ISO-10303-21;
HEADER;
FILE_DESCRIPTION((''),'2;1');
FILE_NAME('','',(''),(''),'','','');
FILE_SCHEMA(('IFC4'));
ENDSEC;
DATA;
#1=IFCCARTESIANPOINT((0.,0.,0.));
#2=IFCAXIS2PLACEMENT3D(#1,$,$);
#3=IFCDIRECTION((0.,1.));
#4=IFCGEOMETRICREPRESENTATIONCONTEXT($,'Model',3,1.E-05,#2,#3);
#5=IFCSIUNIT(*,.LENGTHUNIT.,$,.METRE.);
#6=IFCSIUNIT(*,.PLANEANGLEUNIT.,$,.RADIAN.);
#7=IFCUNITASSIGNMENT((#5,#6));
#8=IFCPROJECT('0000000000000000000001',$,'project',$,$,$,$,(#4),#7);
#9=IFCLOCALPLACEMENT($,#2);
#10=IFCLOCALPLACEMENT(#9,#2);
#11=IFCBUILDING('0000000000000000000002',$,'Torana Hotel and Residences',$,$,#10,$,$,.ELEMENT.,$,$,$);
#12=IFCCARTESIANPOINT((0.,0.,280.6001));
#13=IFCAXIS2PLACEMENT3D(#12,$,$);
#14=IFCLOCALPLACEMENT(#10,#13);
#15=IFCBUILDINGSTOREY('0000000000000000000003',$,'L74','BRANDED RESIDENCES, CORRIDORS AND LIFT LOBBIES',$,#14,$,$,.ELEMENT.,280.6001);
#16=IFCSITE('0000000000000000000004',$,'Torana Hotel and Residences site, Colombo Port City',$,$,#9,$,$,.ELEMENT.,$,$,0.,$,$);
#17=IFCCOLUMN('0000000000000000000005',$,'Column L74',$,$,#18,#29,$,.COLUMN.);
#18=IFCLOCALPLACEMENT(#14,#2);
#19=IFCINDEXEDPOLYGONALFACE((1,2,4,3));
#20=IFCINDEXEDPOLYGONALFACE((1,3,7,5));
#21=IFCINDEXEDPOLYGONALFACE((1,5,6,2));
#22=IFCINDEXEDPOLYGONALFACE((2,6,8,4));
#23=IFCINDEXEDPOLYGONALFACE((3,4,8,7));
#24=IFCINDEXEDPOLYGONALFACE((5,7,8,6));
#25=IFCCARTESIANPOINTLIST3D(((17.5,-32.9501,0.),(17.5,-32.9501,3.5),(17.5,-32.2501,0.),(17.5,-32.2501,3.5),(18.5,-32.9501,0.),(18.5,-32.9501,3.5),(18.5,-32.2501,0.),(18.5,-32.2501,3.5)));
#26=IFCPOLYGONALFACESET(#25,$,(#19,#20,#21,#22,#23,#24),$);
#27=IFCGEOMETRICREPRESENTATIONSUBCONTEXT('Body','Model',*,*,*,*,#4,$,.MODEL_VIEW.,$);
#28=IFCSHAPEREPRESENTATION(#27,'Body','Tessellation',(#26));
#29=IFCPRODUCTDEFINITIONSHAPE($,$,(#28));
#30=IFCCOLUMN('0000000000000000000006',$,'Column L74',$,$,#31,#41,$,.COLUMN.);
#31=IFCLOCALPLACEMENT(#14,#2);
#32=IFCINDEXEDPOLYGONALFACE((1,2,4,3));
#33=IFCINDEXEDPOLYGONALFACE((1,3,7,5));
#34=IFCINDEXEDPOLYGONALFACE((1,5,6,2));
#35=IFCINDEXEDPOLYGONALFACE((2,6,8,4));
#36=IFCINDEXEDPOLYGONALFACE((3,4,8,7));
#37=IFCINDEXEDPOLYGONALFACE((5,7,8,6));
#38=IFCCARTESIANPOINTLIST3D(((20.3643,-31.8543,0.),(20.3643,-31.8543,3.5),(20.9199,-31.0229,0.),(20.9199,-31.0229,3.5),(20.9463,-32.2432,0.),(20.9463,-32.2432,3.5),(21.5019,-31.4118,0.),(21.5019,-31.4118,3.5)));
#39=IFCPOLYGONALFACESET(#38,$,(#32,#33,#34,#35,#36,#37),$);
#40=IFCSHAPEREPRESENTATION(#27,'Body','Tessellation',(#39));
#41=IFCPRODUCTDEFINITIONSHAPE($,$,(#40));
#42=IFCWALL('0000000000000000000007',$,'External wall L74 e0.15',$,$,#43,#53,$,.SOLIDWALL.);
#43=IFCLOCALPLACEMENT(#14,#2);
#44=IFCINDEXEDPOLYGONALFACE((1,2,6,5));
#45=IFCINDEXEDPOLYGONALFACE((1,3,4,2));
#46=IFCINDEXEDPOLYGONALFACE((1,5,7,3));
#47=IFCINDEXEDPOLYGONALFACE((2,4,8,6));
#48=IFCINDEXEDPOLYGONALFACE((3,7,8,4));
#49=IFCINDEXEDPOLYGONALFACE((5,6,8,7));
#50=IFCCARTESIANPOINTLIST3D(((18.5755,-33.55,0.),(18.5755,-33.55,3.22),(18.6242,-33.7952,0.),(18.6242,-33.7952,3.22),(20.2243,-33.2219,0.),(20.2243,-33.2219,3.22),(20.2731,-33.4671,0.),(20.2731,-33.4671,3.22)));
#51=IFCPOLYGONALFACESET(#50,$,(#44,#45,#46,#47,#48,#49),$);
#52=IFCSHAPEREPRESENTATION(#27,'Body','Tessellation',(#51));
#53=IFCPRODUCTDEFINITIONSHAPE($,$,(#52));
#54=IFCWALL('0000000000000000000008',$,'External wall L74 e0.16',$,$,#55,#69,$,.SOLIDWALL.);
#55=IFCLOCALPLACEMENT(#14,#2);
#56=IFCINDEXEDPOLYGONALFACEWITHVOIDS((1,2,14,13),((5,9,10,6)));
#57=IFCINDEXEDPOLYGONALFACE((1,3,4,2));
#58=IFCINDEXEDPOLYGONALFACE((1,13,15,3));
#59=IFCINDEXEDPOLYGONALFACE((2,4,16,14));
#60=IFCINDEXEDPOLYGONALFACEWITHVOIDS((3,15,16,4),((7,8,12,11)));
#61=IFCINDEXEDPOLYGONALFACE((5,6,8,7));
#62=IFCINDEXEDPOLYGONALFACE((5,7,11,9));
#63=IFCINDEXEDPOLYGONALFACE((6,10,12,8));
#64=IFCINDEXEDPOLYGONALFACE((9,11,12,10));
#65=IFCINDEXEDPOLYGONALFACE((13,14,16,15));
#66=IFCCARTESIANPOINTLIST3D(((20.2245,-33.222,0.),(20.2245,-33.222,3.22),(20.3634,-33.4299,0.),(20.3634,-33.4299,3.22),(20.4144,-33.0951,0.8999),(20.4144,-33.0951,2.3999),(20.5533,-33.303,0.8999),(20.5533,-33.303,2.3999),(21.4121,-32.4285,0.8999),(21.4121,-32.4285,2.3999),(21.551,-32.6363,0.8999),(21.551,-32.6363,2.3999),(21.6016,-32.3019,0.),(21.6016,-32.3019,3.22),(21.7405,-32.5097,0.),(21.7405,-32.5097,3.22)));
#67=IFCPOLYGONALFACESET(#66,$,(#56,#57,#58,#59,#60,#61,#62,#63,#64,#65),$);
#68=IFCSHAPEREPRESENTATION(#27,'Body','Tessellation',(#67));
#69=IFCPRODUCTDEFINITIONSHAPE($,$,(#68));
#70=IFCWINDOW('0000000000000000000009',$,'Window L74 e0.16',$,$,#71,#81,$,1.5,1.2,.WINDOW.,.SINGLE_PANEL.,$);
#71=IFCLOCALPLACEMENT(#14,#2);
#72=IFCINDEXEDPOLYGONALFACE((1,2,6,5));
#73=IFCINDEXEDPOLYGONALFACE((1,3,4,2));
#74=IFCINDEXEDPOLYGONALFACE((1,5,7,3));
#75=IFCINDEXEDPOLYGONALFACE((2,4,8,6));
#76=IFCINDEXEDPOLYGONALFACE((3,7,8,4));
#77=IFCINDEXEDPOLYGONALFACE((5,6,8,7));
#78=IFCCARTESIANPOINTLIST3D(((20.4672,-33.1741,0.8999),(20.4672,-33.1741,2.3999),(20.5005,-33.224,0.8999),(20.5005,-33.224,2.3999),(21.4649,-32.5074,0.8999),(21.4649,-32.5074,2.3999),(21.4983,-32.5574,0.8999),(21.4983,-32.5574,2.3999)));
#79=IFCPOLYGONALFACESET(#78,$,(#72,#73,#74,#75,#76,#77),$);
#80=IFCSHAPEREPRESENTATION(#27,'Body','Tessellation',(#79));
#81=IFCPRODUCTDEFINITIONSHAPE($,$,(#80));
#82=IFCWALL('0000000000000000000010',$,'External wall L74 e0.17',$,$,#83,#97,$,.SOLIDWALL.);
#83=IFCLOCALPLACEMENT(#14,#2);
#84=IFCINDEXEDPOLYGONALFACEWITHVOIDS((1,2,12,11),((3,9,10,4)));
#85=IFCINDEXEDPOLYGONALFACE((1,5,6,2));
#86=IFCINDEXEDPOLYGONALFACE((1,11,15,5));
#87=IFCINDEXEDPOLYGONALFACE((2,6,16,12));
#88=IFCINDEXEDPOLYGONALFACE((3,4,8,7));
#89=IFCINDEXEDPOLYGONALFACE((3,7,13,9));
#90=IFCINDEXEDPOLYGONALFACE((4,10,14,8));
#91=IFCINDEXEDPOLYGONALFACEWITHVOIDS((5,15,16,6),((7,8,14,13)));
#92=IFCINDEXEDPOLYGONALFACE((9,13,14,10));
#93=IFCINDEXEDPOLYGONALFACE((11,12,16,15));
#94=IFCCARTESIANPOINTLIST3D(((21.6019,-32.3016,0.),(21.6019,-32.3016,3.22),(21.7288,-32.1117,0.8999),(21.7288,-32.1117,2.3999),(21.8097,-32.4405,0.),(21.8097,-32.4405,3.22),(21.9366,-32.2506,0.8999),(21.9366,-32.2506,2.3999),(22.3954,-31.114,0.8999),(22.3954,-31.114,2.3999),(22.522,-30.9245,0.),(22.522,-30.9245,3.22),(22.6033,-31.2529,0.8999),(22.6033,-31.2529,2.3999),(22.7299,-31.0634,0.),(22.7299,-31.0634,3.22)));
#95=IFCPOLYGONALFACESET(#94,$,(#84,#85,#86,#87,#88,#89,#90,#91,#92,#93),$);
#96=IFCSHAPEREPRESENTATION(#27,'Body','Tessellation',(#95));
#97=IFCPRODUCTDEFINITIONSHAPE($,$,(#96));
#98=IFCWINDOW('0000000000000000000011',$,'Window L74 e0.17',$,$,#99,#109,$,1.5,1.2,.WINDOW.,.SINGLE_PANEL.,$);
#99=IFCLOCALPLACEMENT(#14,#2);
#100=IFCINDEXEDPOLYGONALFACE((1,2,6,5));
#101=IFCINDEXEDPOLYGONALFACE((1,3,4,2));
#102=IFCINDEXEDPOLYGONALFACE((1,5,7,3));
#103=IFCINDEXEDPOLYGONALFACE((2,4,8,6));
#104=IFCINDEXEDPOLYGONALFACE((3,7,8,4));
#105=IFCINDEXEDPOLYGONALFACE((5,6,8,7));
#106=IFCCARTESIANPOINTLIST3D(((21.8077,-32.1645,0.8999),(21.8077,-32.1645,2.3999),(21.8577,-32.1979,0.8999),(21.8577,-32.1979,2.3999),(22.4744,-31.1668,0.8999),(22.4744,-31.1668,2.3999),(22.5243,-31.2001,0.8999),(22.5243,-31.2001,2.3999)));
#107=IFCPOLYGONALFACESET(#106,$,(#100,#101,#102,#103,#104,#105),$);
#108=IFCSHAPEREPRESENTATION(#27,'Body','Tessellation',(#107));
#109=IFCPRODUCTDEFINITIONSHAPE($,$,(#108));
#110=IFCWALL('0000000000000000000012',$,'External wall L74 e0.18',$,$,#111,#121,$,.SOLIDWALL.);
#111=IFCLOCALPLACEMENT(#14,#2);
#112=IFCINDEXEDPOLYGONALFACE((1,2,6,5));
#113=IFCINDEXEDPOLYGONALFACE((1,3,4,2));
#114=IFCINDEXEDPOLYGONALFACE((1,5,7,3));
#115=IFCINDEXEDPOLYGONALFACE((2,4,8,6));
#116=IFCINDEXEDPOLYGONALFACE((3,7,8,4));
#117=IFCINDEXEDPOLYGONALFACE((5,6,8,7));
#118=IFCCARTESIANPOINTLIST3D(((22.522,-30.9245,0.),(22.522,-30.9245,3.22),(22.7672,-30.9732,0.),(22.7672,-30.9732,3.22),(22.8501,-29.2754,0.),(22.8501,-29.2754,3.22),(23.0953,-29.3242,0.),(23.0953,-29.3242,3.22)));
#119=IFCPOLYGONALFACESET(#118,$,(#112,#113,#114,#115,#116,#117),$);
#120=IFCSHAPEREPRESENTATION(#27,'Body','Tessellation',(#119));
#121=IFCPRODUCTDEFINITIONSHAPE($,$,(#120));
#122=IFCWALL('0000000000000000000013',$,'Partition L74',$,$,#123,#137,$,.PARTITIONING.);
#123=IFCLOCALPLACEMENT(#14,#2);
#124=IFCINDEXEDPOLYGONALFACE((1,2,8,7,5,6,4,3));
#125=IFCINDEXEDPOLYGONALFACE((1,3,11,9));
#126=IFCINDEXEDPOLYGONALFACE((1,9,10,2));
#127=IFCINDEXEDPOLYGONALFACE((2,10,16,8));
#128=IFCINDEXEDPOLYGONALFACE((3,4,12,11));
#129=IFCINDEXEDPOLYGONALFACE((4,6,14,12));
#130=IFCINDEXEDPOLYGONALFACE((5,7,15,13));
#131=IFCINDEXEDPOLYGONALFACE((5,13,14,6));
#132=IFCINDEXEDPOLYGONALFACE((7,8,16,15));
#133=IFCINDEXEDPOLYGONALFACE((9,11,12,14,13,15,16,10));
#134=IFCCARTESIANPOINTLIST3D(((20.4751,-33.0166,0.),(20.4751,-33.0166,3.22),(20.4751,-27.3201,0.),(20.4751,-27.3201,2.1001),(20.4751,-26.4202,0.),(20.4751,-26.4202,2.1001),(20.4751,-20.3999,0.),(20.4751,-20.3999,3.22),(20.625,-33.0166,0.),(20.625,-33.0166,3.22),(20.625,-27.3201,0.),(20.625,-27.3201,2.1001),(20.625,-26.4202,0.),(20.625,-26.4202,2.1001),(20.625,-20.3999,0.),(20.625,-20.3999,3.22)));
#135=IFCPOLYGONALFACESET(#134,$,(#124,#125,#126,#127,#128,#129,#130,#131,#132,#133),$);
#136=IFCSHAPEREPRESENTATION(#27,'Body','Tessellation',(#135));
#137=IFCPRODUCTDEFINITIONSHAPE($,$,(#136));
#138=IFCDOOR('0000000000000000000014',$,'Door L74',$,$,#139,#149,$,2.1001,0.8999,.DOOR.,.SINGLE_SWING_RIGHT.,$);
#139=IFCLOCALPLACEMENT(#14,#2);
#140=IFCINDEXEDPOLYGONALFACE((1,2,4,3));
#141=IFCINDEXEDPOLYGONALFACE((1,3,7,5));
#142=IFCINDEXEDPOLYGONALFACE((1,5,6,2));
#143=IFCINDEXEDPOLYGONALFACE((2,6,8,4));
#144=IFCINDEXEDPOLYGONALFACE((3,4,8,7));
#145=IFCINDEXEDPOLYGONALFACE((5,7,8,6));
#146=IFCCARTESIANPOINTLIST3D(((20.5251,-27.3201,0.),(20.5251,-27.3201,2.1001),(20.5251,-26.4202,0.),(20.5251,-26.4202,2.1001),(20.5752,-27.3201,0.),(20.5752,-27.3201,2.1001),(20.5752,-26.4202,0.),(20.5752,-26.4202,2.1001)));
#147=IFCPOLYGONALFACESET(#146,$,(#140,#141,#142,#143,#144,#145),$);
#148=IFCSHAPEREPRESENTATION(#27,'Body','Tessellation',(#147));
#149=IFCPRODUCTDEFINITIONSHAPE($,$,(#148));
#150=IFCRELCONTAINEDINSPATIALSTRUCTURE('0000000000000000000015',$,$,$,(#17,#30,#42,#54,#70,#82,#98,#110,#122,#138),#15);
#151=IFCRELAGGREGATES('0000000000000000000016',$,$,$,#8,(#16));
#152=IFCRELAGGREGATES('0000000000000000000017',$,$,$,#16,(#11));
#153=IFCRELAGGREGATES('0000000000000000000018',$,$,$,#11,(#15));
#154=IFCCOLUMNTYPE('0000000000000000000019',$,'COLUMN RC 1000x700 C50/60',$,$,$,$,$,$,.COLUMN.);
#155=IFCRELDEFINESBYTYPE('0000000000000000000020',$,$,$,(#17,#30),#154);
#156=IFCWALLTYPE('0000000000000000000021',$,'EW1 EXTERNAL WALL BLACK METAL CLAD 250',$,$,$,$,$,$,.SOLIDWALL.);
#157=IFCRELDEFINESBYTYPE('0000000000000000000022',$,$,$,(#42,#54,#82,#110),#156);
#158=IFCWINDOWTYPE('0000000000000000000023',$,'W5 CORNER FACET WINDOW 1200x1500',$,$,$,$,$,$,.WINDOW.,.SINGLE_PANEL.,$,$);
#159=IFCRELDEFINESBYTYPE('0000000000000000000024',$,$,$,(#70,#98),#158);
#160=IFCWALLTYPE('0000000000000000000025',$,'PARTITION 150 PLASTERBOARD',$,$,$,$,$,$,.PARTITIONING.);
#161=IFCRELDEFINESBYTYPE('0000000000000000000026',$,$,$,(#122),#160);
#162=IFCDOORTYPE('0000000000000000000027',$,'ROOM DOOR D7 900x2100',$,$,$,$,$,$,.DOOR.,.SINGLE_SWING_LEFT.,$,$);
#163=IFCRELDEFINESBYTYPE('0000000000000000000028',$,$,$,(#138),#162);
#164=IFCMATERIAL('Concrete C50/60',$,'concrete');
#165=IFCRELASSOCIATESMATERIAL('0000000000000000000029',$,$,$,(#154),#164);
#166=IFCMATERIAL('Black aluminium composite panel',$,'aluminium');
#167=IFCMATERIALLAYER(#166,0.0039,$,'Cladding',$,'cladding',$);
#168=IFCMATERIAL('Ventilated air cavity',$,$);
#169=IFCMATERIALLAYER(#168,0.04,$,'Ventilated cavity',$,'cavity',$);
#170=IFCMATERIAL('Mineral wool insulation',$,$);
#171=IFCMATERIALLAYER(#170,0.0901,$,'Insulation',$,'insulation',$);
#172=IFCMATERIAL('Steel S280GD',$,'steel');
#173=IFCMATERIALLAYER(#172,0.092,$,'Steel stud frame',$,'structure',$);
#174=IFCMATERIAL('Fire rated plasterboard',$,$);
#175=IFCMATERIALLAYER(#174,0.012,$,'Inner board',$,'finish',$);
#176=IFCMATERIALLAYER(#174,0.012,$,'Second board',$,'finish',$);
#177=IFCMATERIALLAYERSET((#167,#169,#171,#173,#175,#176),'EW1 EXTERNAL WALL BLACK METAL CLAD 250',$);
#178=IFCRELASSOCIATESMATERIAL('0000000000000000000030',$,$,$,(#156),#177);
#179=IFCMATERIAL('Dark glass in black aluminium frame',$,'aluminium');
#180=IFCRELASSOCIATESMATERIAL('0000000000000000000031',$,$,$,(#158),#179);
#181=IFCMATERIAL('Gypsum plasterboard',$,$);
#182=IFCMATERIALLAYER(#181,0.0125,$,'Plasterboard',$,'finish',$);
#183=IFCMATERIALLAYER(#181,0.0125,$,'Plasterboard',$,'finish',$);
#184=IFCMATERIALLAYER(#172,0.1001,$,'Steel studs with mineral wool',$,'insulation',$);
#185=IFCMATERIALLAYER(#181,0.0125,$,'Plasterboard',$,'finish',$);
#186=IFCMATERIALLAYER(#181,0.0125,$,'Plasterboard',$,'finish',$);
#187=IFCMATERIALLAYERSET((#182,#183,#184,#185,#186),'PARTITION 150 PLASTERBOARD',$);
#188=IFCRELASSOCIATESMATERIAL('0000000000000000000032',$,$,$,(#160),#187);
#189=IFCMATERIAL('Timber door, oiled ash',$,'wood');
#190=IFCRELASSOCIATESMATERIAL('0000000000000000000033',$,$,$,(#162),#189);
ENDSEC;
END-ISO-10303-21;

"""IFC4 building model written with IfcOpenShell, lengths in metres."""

from ifc_helpers import new_model, si_unit, direction, frame, frame_2d, origin, origin_2d, place, context, subcontext, project, spatial, rectangle, extrude, material, layer, layer_set, material_profile, profile_set, type_object, element, fill, save


model = new_model("IFC4")

# Units and contexts
model_context = context("Model", 3, precision=1e-05, world=origin(), true_north=direction((0.0, 1.0)))
body_context = subcontext(model_context, "Body", "Model", "MODEL_VIEW")
ifc_project = project(units=[si_unit("LENGTHUNIT", "METRE"), si_unit("PLANEANGLEUNIT", "RADIAN")], contexts=[model_context])

# Site, building, storey
site_placement = place(None, origin())
site = spatial("IfcSite", under=ifc_project, at=site_placement, Name="Torana Hotel and Residences site, Colombo Port City", CompositionType="ELEMENT", RefElevation=0.0)
building_placement = place(site_placement, origin())
building = spatial("IfcBuilding", under=site, at=building_placement, Name="Torana Hotel and Residences", CompositionType="ELEMENT")
storey_placement = place(building_placement, frame((0.0, 0.0, 280.6001)))
storey = spatial("IfcBuildingStorey", under=building, at=storey_placement, Name="L74", Description="BRANDED RESIDENCES, CORRIDORS AND LIFT LOBBIES", CompositionType="ELEMENT", Elevation=280.6001)

# Columns
ifc_material_1 = material(Name="Concrete C50/60", Category="concrete")
ifc_material_profile = material_profile(ifc_material_1, rectangle(XDim=1.0, YDim=0.7, at=origin_2d()), Name="RC 1000x700")
ifc_profile_set = profile_set([ifc_material_profile], Name="Concrete C50/60")
column_type = type_object("IfcColumnType", Name="COLUMN RC 1000x700 C50/60", PredefinedType="COLUMN", material=ifc_profile_set)
for number, where, z_axis, x_axis, name in (
    (1, (18.0, -32.6001, 0.0), (0.0, 0.0, 1.0), (1.0, 0.0, 0.0), "Column L74"),
    (2, (20.9331, -31.6331, 0.0), (0.0, 0.0, 1.0), (0.555585, 0.83146, 0.0), "Column L74"),
):
    element("IfcColumn", number, at=place(storey_placement, frame(where, z_axis=z_axis, x_axis=x_axis)), inside=storey, type_object=column_type, Name=name, PredefinedType="COLUMN", context=body_context, shape_type="SweptSolid", body=[
        extrude(rectangle(XDim=1.0, YDim=0.7, at=origin_2d()), origin(), (0.0, 0.0, 1.0), 3.5),
    ])

# Wall
ifc_material_2 = material(Name="Black aluminium composite panel", Category="aluminium")
ifc_layer_1 = layer(ifc_material_2, 0.0039, Name="Cladding", Category="cladding")
ifc_material_3 = material(Name="Ventilated air cavity")
ifc_layer_2 = layer(ifc_material_3, 0.04, Name="Ventilated cavity", Category="cavity")
ifc_material_4 = material(Name="Mineral wool insulation")
ifc_layer_3 = layer(ifc_material_4, 0.0901, Name="Insulation", Category="insulation")
ifc_material_5 = material(Name="Steel S280GD", Category="steel")
ifc_layer_4 = layer(ifc_material_5, 0.092, Name="Steel stud frame", Category="structure")
ifc_material_6 = material(Name="Fire rated plasterboard")
ifc_layer_5 = layer(ifc_material_6, 0.012, Name="Inner board", Category="finish")
ifc_layer_6 = layer(ifc_material_6, 0.012, Name="Second board", Category="finish")
ifc_layer_set_1 = layer_set([ifc_layer_1, ifc_layer_2, ifc_layer_3, ifc_layer_4, ifc_layer_5, ifc_layer_6], Name="EW1 EXTERNAL WALL BLACK METAL CLAD 250")
wall_type_1 = type_object("IfcWallType", Name="EW1 EXTERNAL WALL BLACK METAL CLAD 250", PredefinedType="SOLIDWALL", material=ifc_layer_set_1)
wall_1_placement = place(storey_placement, frame((18.5999, -33.6726, 0.0), z_axis=(0.0, 0.0, 1.0), x_axis=(0.98077, 0.195167, 0.0)))
element("IfcWall", 3, at=wall_1_placement, inside=storey, type_object=wall_type_1, Name="External wall L74 e0.15", PredefinedType="SOLIDWALL", context=body_context, shape_type="SweptSolid", body=[
    extrude(rectangle(XDim=1.6812, YDim=0.25, at=frame_2d((0.8406, 0.0))), origin(), (0.0, 0.0, 1.0), 3.22),
])

# Walls, openings, windows
wall_2_placement = place(storey_placement, frame((20.2939, -33.3259, 0.0), z_axis=(0.0, 0.0, 1.0), x_axis=(0.831483, 0.55555, 0.0)))
wall_2 = element("IfcWall", 4, at=wall_2_placement, inside=storey, type_object=wall_type_1, Name="External wall L74 e0.16", PredefinedType="SOLIDWALL", context=body_context, shape_type="SweptSolid", body=[
    extrude(rectangle(XDim=1.6562, YDim=0.25, at=frame_2d((0.8281, 0.0))), origin(), (0.0, 0.0, 1.0), 3.22),
])
opening_1_placement = place(wall_2_placement, frame((0.2283, 0.0, 0.8999)))
opening_1 = element("IfcOpeningElement", 5, at=opening_1_placement, cuts=wall_2, PredefinedType="OPENING", context=body_context, shape_type="SweptSolid", body=[
    extrude(rectangle(XDim=1.2, YDim=1.5, at=frame_2d((0.6001, 0.75))), frame((0.0, 0.135, 0.0), z_axis=(0.0, -1.0, 0.0), x_axis=(1.0, 0.0, 0.0)), (0.0, 0.0, 1.0), 0.27),
])
ifc_material_7 = material(Name="Dark glass in black aluminium frame", Category="aluminium")
window_type_1 = type_object("IfcWindowType", Name="W5 CORNER FACET WINDOW 1200x1500", PartitioningType="SINGLE_PANEL", PredefinedType="WINDOW", material=ifc_material_7)
window_1_placement = place(opening_1_placement, origin())
window_1 = element("IfcWindow", 6, at=window_1_placement, inside=storey, type_object=window_type_1, Name="Window L74 e0.16", OverallHeight=1.5, OverallWidth=1.2, PartitioningType="SINGLE_PANEL", PredefinedType="WINDOW", context=body_context, shape_type="SweptSolid", body=[
    extrude(rectangle(XDim=1.2, YDim=1.5, at=frame_2d((0.6001, 0.75))), frame((0.0, 0.03, 0.0), z_axis=(0.0, -1.0, 0.0), x_axis=(1.0, 0.0, 0.0)), (0.0, 0.0, 1.0), 0.0601),
])
fill(opening_1, window_1)
wall_3_placement = place(storey_placement, frame((21.7058, -32.3711, 0.0), z_axis=(0.0, 0.0, 1.0), x_axis=(0.55555, 0.831483, 0.0)))
wall_3 = element("IfcWall", 7, at=wall_3_placement, inside=storey, type_object=wall_type_1, Name="External wall L74 e0.17", PredefinedType="SOLIDWALL", context=body_context, shape_type="SweptSolid", body=[
    extrude(rectangle(XDim=1.6562, YDim=0.25, at=frame_2d((0.8281, 0.0))), origin(), (0.0, 0.0, 1.0), 3.22),
])
opening_2_placement = place(wall_3_placement, frame((0.2283, 0.0, 0.8999)))
opening_2 = element("IfcOpeningElement", 8, at=opening_2_placement, cuts=wall_3, PredefinedType="OPENING", context=body_context, shape_type="SweptSolid", body=[
    extrude(rectangle(XDim=1.2, YDim=1.5, at=frame_2d((0.6001, 0.75))), frame((0.0, 0.135, 0.0), z_axis=(0.0, -1.0, 0.0), x_axis=(1.0, 0.0, 0.0)), (0.0, 0.0, 1.0), 0.27),
])
window_2_placement = place(opening_2_placement, origin())
window_2 = element("IfcWindow", 9, at=window_2_placement, inside=storey, type_object=window_type_1, Name="Window L74 e0.17", OverallHeight=1.5, OverallWidth=1.2, PartitioningType="SINGLE_PANEL", PredefinedType="WINDOW", context=body_context, shape_type="SweptSolid", body=[
    extrude(rectangle(XDim=1.2, YDim=1.5, at=frame_2d((0.6001, 0.75))), frame((0.0, 0.03, 0.0), z_axis=(0.0, -1.0, 0.0), x_axis=(1.0, 0.0, 0.0)), (0.0, 0.0, 1.0), 0.0601),
])
fill(opening_2, window_2)

# Wall
wall_4_placement = place(storey_placement, frame((22.6445, -30.949, 0.0), z_axis=(0.0, 0.0, 1.0), x_axis=(0.195139, 0.980776, 0.0)))
element("IfcWall", 10, at=wall_4_placement, inside=storey, type_object=wall_type_1, Name="External wall L74 e0.18", PredefinedType="SOLIDWALL", context=body_context, shape_type="SweptSolid", body=[
    extrude(rectangle(XDim=1.6814, YDim=0.25, at=frame_2d((0.8408, 0.0))), origin(), (0.0, 0.0, 1.0), 3.22),
])

# Wall, opening, door
ifc_material_8 = material(Name="Gypsum plasterboard")
ifc_layer_7 = layer(ifc_material_8, 0.0125, Name="Plasterboard", Category="finish")
ifc_layer_8 = layer(ifc_material_8, 0.0125, Name="Plasterboard", Category="finish")
ifc_layer_9 = layer(ifc_material_5, 0.1001, Name="Steel studs with mineral wool", Category="insulation")
ifc_layer_10 = layer(ifc_material_8, 0.0125, Name="Plasterboard", Category="finish")
ifc_layer_11 = layer(ifc_material_8, 0.0125, Name="Plasterboard", Category="finish")
ifc_layer_set_2 = layer_set([ifc_layer_7, ifc_layer_8, ifc_layer_9, ifc_layer_10, ifc_layer_11], Name="PARTITION 150 PLASTERBOARD")
wall_type_2 = type_object("IfcWallType", Name="PARTITION 150 PLASTERBOARD", PredefinedType="PARTITIONING", material=ifc_layer_set_2)
wall_5_placement = place(storey_placement, frame((20.55, -33.0166, 0.0), z_axis=(0.0, 0.0, 1.0), x_axis=(0.0, 1.0, 0.0)))
wall_5 = element("IfcWall", 11, at=wall_5_placement, inside=storey, type_object=wall_type_2, Name="Partition L74", PredefinedType="PARTITIONING", context=body_context, shape_type="SweptSolid", body=[
    extrude(rectangle(XDim=12.6167, YDim=0.1499, at=frame_2d((6.3083, 0.0))), origin(), (0.0, 0.0, 1.0), 3.22),
])
opening_3_placement = place(wall_5_placement, frame((5.6965, 0.0, 0.0)))
opening_3 = element("IfcOpeningElement", 12, at=opening_3_placement, cuts=wall_5, PredefinedType="OPENING", context=body_context, shape_type="SweptSolid", body=[
    extrude(rectangle(XDim=0.8999, YDim=2.1001, at=frame_2d((0.45, 1.05))), frame((0.0, 0.085, 0.0), z_axis=(0.0, -1.0, 0.0), x_axis=(1.0, 0.0, 0.0)), (0.0, 0.0, 1.0), 0.1699),
])
ifc_material_9 = material(Name="Timber door, oiled ash", Category="wood")
door_type_1 = type_object("IfcDoorType", Name="ROOM DOOR D7 900x2100", OperationType="SINGLE_SWING_LEFT", PredefinedType="DOOR", material=ifc_material_9)
door_1_placement = place(opening_3_placement, origin())
door_1 = element("IfcDoor", 13, at=door_1_placement, inside=storey, type_object=door_type_1, Name="Door L74", OperationType="SINGLE_SWING_RIGHT", OverallHeight=2.1001, OverallWidth=0.8999, PredefinedType="DOOR", context=body_context, shape_type="SweptSolid", body=[
    extrude(rectangle(XDim=0.8999, YDim=2.1001, at=frame_2d((0.45, 1.05))), frame((0.0, 0.0249, 0.0), z_axis=(0.0, -1.0, 0.0), x_axis=(1.0, 0.0, 0.0)), (0.0, 0.0, 1.0), 0.05),
])
fill(opening_3, door_1)

save(model, "model.ifc")
